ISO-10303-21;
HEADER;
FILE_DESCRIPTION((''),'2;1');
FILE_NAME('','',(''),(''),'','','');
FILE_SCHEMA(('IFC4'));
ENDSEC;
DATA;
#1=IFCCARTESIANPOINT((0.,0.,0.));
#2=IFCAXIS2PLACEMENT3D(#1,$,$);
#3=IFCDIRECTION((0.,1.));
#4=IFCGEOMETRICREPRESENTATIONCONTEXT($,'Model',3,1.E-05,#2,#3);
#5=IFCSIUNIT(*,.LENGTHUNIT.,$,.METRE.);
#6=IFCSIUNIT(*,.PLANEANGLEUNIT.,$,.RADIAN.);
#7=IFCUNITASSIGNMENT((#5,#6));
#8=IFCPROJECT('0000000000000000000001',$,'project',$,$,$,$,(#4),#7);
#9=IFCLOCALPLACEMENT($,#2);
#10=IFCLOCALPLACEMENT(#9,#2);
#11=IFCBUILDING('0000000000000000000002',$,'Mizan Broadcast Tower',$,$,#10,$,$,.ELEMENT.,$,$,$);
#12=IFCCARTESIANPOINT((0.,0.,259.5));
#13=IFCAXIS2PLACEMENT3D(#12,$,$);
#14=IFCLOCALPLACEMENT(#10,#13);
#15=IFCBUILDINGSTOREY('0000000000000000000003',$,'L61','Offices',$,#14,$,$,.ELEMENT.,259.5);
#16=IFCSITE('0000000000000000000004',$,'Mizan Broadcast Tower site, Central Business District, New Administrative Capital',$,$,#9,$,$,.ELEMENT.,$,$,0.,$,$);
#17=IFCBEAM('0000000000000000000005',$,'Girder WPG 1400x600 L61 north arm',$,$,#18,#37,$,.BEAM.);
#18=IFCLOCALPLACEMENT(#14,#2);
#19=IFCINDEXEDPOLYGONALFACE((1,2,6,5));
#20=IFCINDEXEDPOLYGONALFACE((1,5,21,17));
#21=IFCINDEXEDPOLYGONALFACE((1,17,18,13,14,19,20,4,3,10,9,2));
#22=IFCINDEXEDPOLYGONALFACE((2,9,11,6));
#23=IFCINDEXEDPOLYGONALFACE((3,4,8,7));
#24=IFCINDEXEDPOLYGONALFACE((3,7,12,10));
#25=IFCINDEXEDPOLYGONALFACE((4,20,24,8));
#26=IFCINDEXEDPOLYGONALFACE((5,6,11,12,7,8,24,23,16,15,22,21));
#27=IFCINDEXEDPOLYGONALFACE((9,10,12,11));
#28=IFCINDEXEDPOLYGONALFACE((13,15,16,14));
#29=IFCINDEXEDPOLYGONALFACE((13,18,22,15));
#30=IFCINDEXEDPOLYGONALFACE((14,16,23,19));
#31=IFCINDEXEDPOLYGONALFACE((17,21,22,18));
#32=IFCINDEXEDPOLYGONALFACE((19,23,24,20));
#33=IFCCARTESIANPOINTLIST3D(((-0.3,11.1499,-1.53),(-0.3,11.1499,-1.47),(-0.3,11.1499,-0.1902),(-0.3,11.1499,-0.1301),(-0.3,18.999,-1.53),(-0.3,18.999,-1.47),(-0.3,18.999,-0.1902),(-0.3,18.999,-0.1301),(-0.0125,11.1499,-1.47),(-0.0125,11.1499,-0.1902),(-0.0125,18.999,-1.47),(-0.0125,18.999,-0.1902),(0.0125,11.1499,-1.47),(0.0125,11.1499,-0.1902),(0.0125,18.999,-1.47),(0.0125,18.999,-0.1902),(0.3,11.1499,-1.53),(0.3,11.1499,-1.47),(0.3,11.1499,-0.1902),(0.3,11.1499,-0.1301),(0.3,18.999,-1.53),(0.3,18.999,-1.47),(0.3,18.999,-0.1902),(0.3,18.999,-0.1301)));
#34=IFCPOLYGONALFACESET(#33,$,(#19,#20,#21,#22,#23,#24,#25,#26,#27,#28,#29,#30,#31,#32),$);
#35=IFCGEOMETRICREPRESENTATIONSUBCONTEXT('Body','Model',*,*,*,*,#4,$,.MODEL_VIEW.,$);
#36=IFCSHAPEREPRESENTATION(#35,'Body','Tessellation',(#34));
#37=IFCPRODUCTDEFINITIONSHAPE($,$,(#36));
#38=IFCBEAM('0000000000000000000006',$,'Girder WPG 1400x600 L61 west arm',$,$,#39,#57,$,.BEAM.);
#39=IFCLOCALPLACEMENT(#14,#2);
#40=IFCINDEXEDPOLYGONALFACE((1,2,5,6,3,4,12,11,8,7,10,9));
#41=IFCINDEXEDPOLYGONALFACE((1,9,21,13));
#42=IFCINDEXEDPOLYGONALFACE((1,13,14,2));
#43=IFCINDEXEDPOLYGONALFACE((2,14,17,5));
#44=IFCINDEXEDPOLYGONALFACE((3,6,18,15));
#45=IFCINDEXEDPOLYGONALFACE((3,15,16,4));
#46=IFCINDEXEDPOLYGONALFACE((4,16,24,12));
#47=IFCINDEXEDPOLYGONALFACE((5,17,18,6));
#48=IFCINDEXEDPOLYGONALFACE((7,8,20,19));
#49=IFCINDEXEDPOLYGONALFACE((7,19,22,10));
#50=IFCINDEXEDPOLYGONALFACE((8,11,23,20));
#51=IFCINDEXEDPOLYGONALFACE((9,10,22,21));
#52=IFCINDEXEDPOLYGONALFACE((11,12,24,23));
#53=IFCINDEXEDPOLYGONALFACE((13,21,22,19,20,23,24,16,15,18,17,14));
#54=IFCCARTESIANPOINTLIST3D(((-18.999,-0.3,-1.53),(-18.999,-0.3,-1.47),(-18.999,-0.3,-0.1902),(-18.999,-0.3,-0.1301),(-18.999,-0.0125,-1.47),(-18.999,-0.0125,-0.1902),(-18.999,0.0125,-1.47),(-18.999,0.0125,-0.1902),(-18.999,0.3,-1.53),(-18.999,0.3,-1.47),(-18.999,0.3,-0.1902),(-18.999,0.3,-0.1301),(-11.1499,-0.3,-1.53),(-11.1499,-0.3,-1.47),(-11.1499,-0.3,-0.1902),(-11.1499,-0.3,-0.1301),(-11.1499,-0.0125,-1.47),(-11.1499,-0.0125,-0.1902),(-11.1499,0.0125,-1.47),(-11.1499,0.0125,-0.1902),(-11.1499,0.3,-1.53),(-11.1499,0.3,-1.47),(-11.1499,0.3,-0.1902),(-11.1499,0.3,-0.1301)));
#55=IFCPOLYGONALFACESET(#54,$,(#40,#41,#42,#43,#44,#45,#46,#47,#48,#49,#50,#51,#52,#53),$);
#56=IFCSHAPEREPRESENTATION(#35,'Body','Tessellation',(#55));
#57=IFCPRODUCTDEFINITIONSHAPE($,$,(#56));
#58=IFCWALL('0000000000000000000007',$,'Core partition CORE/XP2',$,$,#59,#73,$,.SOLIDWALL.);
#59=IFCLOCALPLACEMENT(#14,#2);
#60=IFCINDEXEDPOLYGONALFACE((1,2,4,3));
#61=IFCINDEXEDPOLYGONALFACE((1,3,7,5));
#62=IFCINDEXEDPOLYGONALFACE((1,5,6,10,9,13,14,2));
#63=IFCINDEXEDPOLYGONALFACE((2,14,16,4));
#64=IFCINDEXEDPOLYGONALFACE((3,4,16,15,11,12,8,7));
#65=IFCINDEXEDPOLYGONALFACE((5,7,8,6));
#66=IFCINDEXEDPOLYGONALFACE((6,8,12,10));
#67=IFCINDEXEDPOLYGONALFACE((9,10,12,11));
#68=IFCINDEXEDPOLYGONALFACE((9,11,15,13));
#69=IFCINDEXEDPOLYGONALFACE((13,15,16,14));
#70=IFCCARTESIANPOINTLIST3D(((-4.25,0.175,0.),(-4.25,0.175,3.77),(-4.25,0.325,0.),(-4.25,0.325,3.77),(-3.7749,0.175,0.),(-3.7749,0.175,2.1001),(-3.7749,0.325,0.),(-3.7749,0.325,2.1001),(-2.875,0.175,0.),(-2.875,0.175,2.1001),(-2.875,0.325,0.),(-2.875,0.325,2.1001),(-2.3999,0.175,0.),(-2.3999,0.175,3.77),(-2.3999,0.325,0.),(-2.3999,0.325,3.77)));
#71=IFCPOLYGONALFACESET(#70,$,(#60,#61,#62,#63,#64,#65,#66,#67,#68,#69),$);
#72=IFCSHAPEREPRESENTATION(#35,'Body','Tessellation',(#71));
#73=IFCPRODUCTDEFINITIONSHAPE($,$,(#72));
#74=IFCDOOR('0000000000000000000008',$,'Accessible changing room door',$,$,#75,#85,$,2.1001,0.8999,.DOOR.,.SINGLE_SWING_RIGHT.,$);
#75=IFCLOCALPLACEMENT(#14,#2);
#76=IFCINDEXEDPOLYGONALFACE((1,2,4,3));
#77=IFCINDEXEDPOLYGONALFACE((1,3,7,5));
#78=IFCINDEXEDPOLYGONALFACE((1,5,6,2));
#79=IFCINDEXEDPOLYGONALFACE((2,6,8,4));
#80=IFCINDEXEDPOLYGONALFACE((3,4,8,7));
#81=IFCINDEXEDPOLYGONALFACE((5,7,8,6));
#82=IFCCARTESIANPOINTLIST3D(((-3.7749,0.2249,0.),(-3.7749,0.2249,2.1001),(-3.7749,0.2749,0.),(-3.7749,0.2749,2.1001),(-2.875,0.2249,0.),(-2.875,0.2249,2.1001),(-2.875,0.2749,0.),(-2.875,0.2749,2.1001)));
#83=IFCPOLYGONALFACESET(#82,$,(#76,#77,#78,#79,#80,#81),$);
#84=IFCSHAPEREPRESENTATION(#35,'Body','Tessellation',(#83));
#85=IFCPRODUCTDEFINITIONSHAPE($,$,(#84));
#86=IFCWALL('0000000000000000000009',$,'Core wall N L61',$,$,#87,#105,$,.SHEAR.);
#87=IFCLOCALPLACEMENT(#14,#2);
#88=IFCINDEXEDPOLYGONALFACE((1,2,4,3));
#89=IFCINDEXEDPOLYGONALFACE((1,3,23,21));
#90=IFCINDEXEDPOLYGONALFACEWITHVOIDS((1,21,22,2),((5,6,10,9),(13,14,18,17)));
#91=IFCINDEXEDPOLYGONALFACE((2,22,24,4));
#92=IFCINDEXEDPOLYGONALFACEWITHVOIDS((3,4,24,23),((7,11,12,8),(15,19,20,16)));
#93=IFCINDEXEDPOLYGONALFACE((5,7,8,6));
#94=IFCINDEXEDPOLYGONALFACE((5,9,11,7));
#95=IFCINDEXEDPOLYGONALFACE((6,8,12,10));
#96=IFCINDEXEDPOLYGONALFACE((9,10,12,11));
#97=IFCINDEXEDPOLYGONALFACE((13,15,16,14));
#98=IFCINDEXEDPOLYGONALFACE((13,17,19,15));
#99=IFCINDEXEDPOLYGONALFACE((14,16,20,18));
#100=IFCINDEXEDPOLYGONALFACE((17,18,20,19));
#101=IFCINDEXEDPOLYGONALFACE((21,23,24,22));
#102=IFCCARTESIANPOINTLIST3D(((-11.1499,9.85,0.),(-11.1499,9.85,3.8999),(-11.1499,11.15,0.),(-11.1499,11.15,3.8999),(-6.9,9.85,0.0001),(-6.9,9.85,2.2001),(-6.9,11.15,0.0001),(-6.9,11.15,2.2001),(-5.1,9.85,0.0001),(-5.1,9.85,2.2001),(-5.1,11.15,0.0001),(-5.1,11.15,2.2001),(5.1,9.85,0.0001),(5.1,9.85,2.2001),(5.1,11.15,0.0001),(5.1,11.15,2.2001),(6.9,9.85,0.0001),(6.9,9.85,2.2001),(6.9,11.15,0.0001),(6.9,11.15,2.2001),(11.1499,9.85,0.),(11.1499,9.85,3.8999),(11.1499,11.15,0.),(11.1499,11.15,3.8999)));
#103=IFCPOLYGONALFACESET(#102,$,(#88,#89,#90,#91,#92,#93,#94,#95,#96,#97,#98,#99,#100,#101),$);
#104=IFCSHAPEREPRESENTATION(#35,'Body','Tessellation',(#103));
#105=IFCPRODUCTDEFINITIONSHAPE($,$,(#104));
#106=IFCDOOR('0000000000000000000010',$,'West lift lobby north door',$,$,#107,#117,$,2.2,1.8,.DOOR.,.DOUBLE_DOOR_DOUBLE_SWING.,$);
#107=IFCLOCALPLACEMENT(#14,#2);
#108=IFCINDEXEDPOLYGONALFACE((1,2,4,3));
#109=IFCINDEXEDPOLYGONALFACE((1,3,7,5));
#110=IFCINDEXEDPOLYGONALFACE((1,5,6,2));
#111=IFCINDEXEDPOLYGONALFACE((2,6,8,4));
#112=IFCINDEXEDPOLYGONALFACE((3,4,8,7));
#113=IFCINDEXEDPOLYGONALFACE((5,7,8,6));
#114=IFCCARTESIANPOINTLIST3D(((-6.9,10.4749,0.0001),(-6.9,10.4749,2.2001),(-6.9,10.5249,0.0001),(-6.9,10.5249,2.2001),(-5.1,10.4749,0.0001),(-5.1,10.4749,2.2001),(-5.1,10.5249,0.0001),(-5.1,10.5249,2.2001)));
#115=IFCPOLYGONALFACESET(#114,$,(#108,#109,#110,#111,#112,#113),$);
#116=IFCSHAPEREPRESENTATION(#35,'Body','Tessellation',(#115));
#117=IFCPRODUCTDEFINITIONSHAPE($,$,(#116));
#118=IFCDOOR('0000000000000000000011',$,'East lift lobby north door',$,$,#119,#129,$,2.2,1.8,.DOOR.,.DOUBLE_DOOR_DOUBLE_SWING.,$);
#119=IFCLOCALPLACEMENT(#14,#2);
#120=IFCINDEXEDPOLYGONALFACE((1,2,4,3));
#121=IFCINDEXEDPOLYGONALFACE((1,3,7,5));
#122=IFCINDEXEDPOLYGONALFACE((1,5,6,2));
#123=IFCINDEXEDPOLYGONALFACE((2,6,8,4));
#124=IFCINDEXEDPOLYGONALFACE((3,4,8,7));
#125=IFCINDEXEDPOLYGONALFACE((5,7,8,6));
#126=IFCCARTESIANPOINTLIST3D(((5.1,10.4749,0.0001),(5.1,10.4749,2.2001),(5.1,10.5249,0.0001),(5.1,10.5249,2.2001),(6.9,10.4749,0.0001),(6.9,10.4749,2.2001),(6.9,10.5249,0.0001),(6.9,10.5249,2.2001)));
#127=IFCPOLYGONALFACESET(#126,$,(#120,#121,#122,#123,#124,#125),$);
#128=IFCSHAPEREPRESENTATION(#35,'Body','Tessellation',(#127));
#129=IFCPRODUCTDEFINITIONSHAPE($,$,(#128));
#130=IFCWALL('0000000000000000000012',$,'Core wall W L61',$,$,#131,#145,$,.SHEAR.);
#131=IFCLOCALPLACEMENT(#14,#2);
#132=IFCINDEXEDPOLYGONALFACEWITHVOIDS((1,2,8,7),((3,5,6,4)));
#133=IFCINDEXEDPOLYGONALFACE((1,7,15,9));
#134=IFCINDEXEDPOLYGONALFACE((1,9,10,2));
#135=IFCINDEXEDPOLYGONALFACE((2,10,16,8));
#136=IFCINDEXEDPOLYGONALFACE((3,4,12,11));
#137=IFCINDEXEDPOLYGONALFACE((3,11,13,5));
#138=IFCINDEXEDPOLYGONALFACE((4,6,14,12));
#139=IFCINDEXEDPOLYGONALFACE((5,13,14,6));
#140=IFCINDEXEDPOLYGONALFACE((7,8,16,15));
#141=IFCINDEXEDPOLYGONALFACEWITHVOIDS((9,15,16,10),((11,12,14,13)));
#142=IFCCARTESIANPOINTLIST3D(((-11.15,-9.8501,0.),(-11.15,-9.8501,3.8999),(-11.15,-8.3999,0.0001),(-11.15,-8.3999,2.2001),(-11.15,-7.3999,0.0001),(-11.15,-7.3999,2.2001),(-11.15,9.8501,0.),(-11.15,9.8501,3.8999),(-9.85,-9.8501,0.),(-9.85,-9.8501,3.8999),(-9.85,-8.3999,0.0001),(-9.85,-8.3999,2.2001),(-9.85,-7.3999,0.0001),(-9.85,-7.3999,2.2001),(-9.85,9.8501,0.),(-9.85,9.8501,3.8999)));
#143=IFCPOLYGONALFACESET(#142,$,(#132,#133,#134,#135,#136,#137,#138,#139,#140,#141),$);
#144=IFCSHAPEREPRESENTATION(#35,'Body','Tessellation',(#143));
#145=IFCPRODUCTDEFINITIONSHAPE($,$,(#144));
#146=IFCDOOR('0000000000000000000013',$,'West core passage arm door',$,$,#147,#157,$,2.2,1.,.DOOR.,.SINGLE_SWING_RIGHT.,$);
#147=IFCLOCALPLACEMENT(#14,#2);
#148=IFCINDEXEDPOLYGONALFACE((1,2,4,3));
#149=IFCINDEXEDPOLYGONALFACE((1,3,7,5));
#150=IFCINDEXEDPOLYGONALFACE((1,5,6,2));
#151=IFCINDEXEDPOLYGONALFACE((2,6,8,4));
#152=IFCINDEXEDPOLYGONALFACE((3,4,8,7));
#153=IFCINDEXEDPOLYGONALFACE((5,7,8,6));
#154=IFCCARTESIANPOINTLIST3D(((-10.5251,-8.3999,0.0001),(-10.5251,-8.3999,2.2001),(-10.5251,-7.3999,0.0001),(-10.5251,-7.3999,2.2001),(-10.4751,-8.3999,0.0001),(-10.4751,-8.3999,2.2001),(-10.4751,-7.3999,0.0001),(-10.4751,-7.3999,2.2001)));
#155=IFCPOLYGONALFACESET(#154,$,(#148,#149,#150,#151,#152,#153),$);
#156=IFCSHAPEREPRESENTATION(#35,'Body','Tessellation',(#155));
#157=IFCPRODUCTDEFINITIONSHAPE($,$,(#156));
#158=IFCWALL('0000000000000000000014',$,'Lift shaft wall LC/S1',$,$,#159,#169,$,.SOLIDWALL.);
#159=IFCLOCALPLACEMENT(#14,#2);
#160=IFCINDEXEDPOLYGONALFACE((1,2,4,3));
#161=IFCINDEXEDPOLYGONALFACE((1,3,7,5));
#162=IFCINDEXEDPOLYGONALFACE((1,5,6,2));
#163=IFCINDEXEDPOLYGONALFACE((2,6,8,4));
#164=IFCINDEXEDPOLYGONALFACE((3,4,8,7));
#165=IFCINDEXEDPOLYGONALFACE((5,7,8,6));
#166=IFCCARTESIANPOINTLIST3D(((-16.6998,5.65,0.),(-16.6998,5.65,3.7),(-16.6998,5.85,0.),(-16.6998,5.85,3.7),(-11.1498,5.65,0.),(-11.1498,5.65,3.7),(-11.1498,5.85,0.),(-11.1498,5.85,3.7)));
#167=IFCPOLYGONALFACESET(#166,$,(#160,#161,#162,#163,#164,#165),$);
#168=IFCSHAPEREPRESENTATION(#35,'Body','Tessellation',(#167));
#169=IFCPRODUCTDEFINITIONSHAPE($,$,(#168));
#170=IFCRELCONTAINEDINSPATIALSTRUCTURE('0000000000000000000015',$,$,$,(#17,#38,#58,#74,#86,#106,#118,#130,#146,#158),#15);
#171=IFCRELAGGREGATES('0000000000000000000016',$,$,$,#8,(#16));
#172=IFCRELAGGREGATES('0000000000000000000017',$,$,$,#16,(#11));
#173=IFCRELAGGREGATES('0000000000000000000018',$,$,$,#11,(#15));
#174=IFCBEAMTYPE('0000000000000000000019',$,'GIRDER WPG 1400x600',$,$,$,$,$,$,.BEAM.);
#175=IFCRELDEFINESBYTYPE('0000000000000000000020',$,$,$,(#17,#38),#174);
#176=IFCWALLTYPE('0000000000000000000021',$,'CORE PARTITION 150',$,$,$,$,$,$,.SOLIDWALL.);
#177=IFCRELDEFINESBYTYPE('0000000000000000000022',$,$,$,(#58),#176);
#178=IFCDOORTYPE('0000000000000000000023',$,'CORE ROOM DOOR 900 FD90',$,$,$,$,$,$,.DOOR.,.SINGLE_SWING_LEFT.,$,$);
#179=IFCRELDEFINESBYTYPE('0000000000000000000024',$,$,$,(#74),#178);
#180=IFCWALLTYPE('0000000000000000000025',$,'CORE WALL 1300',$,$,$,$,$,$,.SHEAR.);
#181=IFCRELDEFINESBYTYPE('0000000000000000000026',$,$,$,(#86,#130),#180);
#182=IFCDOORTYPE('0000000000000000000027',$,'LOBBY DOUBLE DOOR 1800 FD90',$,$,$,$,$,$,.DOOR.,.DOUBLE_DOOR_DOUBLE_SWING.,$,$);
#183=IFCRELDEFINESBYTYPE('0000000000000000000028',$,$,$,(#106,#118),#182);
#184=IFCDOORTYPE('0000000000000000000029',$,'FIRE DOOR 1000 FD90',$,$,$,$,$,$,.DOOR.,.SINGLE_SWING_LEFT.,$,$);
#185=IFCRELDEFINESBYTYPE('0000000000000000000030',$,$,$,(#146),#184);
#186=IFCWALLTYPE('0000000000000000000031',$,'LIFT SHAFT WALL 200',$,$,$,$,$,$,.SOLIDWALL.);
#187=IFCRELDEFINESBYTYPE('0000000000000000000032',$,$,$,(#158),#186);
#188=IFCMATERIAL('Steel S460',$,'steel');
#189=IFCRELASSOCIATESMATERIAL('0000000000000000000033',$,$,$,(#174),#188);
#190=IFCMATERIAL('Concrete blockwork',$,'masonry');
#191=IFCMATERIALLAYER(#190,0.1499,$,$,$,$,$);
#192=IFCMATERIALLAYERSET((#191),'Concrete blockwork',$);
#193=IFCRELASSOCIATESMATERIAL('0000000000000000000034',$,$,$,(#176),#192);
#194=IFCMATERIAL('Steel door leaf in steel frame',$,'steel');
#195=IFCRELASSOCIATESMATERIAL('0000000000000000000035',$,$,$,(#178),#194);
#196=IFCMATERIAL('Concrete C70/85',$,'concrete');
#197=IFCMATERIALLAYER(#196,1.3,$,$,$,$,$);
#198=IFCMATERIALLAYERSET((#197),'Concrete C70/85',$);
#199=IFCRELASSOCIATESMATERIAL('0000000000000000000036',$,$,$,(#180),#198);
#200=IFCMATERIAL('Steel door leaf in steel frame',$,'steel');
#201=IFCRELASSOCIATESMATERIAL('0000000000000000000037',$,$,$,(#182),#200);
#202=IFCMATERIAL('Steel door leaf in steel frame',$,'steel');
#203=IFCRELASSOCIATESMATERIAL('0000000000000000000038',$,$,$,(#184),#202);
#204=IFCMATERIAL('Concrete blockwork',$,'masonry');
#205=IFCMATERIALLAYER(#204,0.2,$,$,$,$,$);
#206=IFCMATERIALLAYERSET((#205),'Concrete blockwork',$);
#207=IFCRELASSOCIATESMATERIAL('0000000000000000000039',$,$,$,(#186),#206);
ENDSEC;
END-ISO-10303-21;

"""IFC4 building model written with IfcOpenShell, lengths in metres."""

from ifc_helpers import new_model, si_unit, direction, frame, frame_2d, origin, origin_2d, place, context, subcontext, project, spatial, rectangle, i_section, extrude, material, layer, layer_set, material_profile, profile_set, type_object, element, fill, save


model = new_model("IFC4")

# Units and contexts
model_context = context("Model", 3, precision=1e-05, world=origin(), true_north=direction((0.0, 1.0)))
body_context = subcontext(model_context, "Body", "Model", "MODEL_VIEW")
ifc_project = project(units=[si_unit("LENGTHUNIT", "METRE"), si_unit("PLANEANGLEUNIT", "RADIAN")], contexts=[model_context])

# Site, building, storey
site_placement = place(None, origin())
site = spatial("IfcSite", under=ifc_project, at=site_placement, Name="Mizan Broadcast Tower site, Central Business District, New Administrative Capital", CompositionType="ELEMENT", RefElevation=0.0)
building_placement = place(site_placement, origin())
building = spatial("IfcBuilding", under=site, at=building_placement, Name="Mizan Broadcast Tower", CompositionType="ELEMENT")
storey_placement = place(building_placement, frame((0.0, 0.0, 259.5)))
storey = spatial("IfcBuildingStorey", under=building, at=storey_placement, Name="L61", Description="Offices", CompositionType="ELEMENT", Elevation=259.5)

# Beams
ifc_material_1 = material(Name="Steel S460", Category="steel")
ifc_material_profile = material_profile(ifc_material_1, i_section(OverallWidth=0.6001, OverallDepth=1.3999, WebThickness=0.0249, FlangeThickness=0.0601, at=origin_2d()), Name="WPG 1400x600")
ifc_profile_set = profile_set([ifc_material_profile], Name="Steel S460")
beam_type = type_object("IfcBeamType", Name="GIRDER WPG 1400x600", PredefinedType="BEAM", material=ifc_profile_set)
for number, where, z_axis, x_axis, name in (
    (1, (0.0, 11.1499, -0.8301), (0.0, 1.0, 0.0), (-1.0, 0.0, 0.0), "Girder WPG 1400x600 L61 north arm"),
    (2, (-11.1499, 0.0, -0.8301), (-1.0, 0.0, 0.0), (0.0, -1.0, 0.0), "Girder WPG 1400x600 L61 west arm"),
):
    element("IfcBeam", number, at=place(storey_placement, frame(where, z_axis=z_axis, x_axis=x_axis)), inside=storey, type_object=beam_type, Name=name, PredefinedType="BEAM", context=body_context, shape_type="SweptSolid", body=[
        extrude(i_section(OverallWidth=0.6001, OverallDepth=1.3999, WebThickness=0.0249, FlangeThickness=0.0601, at=origin_2d()), origin(), (0.0, 0.0, 1.0), 7.8491),
    ])

# Wall, opening, door
ifc_material_2 = material(Name="Concrete blockwork", Category="masonry")
ifc_layer_1 = layer(ifc_material_2, 0.1499)
ifc_layer_set_1 = layer_set([ifc_layer_1], Name="Concrete blockwork")
wall_type_1 = type_object("IfcWallType", Name="CORE PARTITION 150", PredefinedType="SOLIDWALL", material=ifc_layer_set_1)
wall_1_placement = place(storey_placement, frame((-4.25, 0.25, 0.0), z_axis=(0.0, 0.0, 1.0), x_axis=(1.0, 0.0, 0.0)))
wall_1 = element("IfcWall", 3, at=wall_1_placement, inside=storey, type_object=wall_type_1, Name="Core partition CORE/XP2", PredefinedType="SOLIDWALL", context=body_context, shape_type="SweptSolid", body=[
    extrude(rectangle(XDim=1.8501, YDim=0.1499, at=frame_2d((0.925, 0.0))), origin(), (0.0, 0.0, 1.0), 3.77),
])
opening_1_placement = place(wall_1_placement, frame((0.4751, 0.0, 0.0)))
opening_1 = element("IfcOpeningElement", 4, at=opening_1_placement, cuts=wall_1, PredefinedType="OPENING", context=body_context, shape_type="SweptSolid", body=[
    extrude(rectangle(XDim=0.8999, YDim=2.1001, at=frame_2d((0.45, 1.05))), frame((0.0, 0.085, 0.0), z_axis=(0.0, -1.0, 0.0), x_axis=(1.0, 0.0, 0.0)), (0.0, 0.0, 1.0), 0.1699),
])
ifc_material_3 = material(Name="Steel door leaf in steel frame", Category="steel")
door_type_1 = type_object("IfcDoorType", Name="CORE ROOM DOOR 900 FD90", OperationType="SINGLE_SWING_LEFT", PredefinedType="DOOR", material=ifc_material_3)
door_1_placement = place(opening_1_placement, origin())
door_1 = element("IfcDoor", 5, at=door_1_placement, inside=storey, type_object=door_type_1, Name="Accessible changing room door", OperationType="SINGLE_SWING_RIGHT", OverallHeight=2.1001, OverallWidth=0.8999, PredefinedType="DOOR", context=body_context, shape_type="SweptSolid", body=[
    extrude(rectangle(XDim=0.8999, YDim=2.1001, at=frame_2d((0.45, 1.05))), frame((0.0, 0.0249, 0.0), z_axis=(0.0, -1.0, 0.0), x_axis=(1.0, 0.0, 0.0)), (0.0, 0.0, 1.0), 0.05),
])
fill(opening_1, door_1)

# Wall, openings, doors
ifc_material_4 = material(Name="Concrete C70/85", Category="concrete")
ifc_layer_2 = layer(ifc_material_4, 1.3)
ifc_layer_set_2 = layer_set([ifc_layer_2], Name="Concrete C70/85")
wall_type_2 = type_object("IfcWallType", Name="CORE WALL 1300", PredefinedType="SHEAR", material=ifc_layer_set_2)
wall_2_placement = place(storey_placement, frame((-11.1499, 10.5, 0.0), z_axis=(0.0, 0.0, 1.0), x_axis=(1.0, 0.0, 0.0)))
wall_2 = element("IfcWall", 6, at=wall_2_placement, inside=storey, type_object=wall_type_2, Name="Core wall N L61", PredefinedType="SHEAR", context=body_context, shape_type="SweptSolid", body=[
    extrude(rectangle(XDim=22.2998, YDim=1.3, at=frame_2d((11.1499, 0.0))), origin(), (0.0, 0.0, 1.0), 3.8999),
])
opening_2_placement = place(wall_2_placement, frame((4.25, 0.0, 0.0)))
opening_2 = element("IfcOpeningElement", 7, at=opening_2_placement, cuts=wall_2, PredefinedType="OPENING", context=body_context, shape_type="SweptSolid", body=[
    extrude(rectangle(XDim=1.8, YDim=2.2, at=frame_2d((0.8999, 1.1001))), frame((0.0, 0.6599, 0.0), z_axis=(0.0, -1.0, 0.0), x_axis=(1.0, 0.0, 0.0)), (0.0, 0.0, 1.0), 1.3201),
])
opening_3_placement = place(wall_2_placement, frame((16.25, 0.0, 0.0)))
opening_3 = element("IfcOpeningElement", 8, at=opening_3_placement, cuts=wall_2, PredefinedType="OPENING", context=body_context, shape_type="SweptSolid", body=[
    extrude(rectangle(XDim=1.8, YDim=2.2, at=frame_2d((0.8999, 1.1001))), frame((0.0, 0.6599, 0.0), z_axis=(0.0, -1.0, 0.0), x_axis=(1.0, 0.0, 0.0)), (0.0, 0.0, 1.0), 1.3201),
])
ifc_material_5 = material(Name="Steel door leaf in steel frame", Category="steel")
door_type_2 = type_object("IfcDoorType", Name="LOBBY DOUBLE DOOR 1800 FD90", OperationType="DOUBLE_DOOR_DOUBLE_SWING", PredefinedType="DOOR", material=ifc_material_5)
door_2_placement = place(opening_2_placement, origin())
door_2 = element("IfcDoor", 9, at=door_2_placement, inside=storey, type_object=door_type_2, Name="West lift lobby north door", OperationType="DOUBLE_DOOR_DOUBLE_SWING", OverallHeight=2.2, OverallWidth=1.8, PredefinedType="DOOR", context=body_context, shape_type="SweptSolid", body=[
    extrude(rectangle(XDim=1.8, YDim=2.2, at=frame_2d((0.8999, 1.1001))), frame((0.0, 0.0249, 0.0), z_axis=(0.0, -1.0, 0.0), x_axis=(1.0, 0.0, 0.0)), (0.0, 0.0, 1.0), 0.05),
])
fill(opening_2, door_2)
door_3_placement = place(opening_3_placement, origin())
door_3 = element("IfcDoor", 10, at=door_3_placement, inside=storey, type_object=door_type_2, Name="East lift lobby north door", OperationType="DOUBLE_DOOR_DOUBLE_SWING", OverallHeight=2.2, OverallWidth=1.8, PredefinedType="DOOR", context=body_context, shape_type="SweptSolid", body=[
    extrude(rectangle(XDim=1.8, YDim=2.2, at=frame_2d((0.8999, 1.1001))), frame((0.0, 0.0249, 0.0), z_axis=(0.0, -1.0, 0.0), x_axis=(1.0, 0.0, 0.0)), (0.0, 0.0, 1.0), 0.05),
])
fill(opening_3, door_3)

# Wall, opening, door
wall_3_placement = place(storey_placement, frame((-10.5, 9.8501, 0.0), z_axis=(0.0, 0.0, 1.0), x_axis=(0.0, -1.0, 0.0)))
wall_3 = element("IfcWall", 11, at=wall_3_placement, inside=storey, type_object=wall_type_2, Name="Core wall W L61", PredefinedType="SHEAR", context=body_context, shape_type="SweptSolid", body=[
    extrude(rectangle(XDim=19.7002, YDim=1.3, at=frame_2d((9.8501, 0.0))), origin(), (0.0, 0.0, 1.0), 3.8999),
])
opening_4_placement = place(wall_3_placement, frame((17.25, 0.0, 0.0)))
opening_4 = element("IfcOpeningElement", 12, at=opening_4_placement, cuts=wall_3, PredefinedType="OPENING", context=body_context, shape_type="SweptSolid", body=[
    extrude(rectangle(XDim=1.0, YDim=2.2, at=frame_2d((0.5, 1.1001))), frame((0.0, 0.6599, 0.0), z_axis=(0.0, -1.0, 0.0), x_axis=(1.0, 0.0, 0.0)), (0.0, 0.0, 1.0), 1.3201),
])
ifc_material_6 = material(Name="Steel door leaf in steel frame", Category="steel")
door_type_3 = type_object("IfcDoorType", Name="FIRE DOOR 1000 FD90", OperationType="SINGLE_SWING_LEFT", PredefinedType="DOOR", material=ifc_material_6)
door_4_placement = place(opening_4_placement, origin())
door_4 = element("IfcDoor", 13, at=door_4_placement, inside=storey, type_object=door_type_3, Name="West core passage arm door", OperationType="SINGLE_SWING_RIGHT", OverallHeight=2.2, OverallWidth=1.0, PredefinedType="DOOR", context=body_context, shape_type="SweptSolid", body=[
    extrude(rectangle(XDim=1.0, YDim=2.2, at=frame_2d((0.5, 1.1001))), frame((0.0, 0.0249, 0.0), z_axis=(0.0, -1.0, 0.0), x_axis=(1.0, 0.0, 0.0)), (0.0, 0.0, 1.0), 0.05),
])
fill(opening_4, door_4)

# Wall
ifc_material_7 = material(Name="Concrete blockwork", Category="masonry")
ifc_layer_3 = layer(ifc_material_7, 0.2)
ifc_layer_set_3 = layer_set([ifc_layer_3], Name="Concrete blockwork")
wall_type_3 = type_object("IfcWallType", Name="LIFT SHAFT WALL 200", PredefinedType="SOLIDWALL", material=ifc_layer_set_3)
wall_4_placement = place(storey_placement, frame((-11.1499, 5.75, 0.0), z_axis=(0.0, 0.0, 1.0), x_axis=(-1.0, 0.0, 0.0)))
element("IfcWall", 14, at=wall_4_placement, inside=storey, type_object=wall_type_3, Name="Lift shaft wall LC/S1", PredefinedType="SOLIDWALL", context=body_context, shape_type="SweptSolid", body=[
    extrude(rectangle(XDim=5.55, YDim=0.2, at=frame_2d((2.7749, 0.0))), origin(), (0.0, 0.0, 1.0), 3.7),
])

save(model, "model.ifc")
